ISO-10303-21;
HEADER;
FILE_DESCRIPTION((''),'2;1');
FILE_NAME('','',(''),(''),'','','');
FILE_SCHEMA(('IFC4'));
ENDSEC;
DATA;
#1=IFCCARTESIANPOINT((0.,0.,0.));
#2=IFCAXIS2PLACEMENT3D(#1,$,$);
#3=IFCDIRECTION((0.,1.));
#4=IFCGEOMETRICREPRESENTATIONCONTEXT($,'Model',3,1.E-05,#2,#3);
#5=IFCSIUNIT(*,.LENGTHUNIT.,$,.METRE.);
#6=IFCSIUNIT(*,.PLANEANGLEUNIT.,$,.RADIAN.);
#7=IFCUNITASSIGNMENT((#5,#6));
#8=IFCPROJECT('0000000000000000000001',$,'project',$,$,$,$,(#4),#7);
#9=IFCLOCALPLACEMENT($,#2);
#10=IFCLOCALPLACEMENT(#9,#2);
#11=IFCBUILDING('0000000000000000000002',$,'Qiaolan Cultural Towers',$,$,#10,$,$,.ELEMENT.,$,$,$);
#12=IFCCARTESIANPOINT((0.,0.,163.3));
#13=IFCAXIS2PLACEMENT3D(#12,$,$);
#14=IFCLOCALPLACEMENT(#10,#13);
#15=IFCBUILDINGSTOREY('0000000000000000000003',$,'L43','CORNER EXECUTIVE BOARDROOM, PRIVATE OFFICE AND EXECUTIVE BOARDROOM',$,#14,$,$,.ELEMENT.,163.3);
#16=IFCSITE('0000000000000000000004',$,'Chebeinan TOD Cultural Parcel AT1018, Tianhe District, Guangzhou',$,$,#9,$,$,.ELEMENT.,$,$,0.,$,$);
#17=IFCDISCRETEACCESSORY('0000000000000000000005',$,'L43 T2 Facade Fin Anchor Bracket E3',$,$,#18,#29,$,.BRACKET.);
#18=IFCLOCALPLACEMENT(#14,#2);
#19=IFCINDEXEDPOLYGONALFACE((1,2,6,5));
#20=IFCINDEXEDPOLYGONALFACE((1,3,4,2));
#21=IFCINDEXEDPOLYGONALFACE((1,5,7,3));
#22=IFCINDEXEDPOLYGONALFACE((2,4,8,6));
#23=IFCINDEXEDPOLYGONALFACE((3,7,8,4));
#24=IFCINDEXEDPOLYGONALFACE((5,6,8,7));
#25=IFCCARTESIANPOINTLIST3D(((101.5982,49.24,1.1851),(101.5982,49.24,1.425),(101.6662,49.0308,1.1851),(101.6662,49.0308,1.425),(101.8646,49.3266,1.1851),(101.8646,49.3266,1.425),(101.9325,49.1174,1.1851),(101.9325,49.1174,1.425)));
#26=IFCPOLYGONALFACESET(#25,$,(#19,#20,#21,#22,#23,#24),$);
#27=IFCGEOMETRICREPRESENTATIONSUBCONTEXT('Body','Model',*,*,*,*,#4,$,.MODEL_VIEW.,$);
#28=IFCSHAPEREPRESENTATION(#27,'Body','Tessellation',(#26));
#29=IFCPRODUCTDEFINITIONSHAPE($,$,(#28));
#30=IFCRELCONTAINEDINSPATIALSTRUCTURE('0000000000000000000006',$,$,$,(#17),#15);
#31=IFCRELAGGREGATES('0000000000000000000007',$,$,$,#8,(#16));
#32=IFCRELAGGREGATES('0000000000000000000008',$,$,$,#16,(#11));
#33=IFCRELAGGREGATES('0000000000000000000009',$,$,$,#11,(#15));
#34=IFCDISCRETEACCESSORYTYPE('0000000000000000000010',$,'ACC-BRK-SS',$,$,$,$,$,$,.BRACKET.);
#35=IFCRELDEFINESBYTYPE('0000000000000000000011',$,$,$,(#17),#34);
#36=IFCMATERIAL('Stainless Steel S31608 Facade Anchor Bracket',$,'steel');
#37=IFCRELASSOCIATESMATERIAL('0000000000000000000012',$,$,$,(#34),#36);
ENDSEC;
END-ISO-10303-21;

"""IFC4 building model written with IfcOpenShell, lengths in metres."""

from ifc_helpers import new_model, si_unit, direction, frame, origin, origin_2d, place, context, subcontext, project, spatial, rectangle, extrude, material, type_object, element, save


model = new_model("IFC4")

# Units and contexts
model_context = context("Model", 3, precision=1e-05, world=origin(), true_north=direction((0.0, 1.0)))
body_context = subcontext(model_context, "Body", "Model", "MODEL_VIEW")
ifc_project = project(units=[si_unit("LENGTHUNIT", "METRE"), si_unit("PLANEANGLEUNIT", "RADIAN")], contexts=[model_context])

# Site, building, storey
site_placement = place(None, origin())
site = spatial("IfcSite", under=ifc_project, at=site_placement, Name="Chebeinan TOD Cultural Parcel AT1018, Tianhe District, Guangzhou", CompositionType="ELEMENT", RefElevation=0.0)
building_placement = place(site_placement, origin())
building = spatial("IfcBuilding", under=site, at=building_placement, Name="Qiaolan Cultural Towers", CompositionType="ELEMENT")
storey_placement = place(building_placement, frame((0.0, 0.0, 163.3)))
storey = spatial("IfcBuildingStorey", under=building, at=storey_placement, Name="L43", Description="CORNER EXECUTIVE BOARDROOM, PRIVATE OFFICE AND EXECUTIVE BOARDROOM", CompositionType="ELEMENT", Elevation=163.3)

# Discrete accessory
ifc_material_1 = material(Name="Stainless Steel S31608 Facade Anchor Bracket", Category="steel")
discrete_accessory_type = type_object("IfcDiscreteAccessoryType", Name="ACC-BRK-SS", PredefinedType="BRACKET", material=ifc_material_1)
discrete_accessory_placement = place(storey_placement, frame((101.7654, 49.1787, 1.1851), z_axis=(0.0, 0.0, 1.0), x_axis=(0.951057, 0.309017, 0.0)))
element("IfcDiscreteAccessory", 1, at=discrete_accessory_placement, inside=storey, type_object=discrete_accessory_type, Name="L43 T2 Facade Fin Anchor Bracket E3", PredefinedType="BRACKET", context=body_context, shape_type="SweptSolid", body=[
    extrude(rectangle(XDim=0.28, YDim=0.22, at=origin_2d()), origin(), (0.0, 0.0, 1.0), 0.24),
])

save(model, "model.ifc")
